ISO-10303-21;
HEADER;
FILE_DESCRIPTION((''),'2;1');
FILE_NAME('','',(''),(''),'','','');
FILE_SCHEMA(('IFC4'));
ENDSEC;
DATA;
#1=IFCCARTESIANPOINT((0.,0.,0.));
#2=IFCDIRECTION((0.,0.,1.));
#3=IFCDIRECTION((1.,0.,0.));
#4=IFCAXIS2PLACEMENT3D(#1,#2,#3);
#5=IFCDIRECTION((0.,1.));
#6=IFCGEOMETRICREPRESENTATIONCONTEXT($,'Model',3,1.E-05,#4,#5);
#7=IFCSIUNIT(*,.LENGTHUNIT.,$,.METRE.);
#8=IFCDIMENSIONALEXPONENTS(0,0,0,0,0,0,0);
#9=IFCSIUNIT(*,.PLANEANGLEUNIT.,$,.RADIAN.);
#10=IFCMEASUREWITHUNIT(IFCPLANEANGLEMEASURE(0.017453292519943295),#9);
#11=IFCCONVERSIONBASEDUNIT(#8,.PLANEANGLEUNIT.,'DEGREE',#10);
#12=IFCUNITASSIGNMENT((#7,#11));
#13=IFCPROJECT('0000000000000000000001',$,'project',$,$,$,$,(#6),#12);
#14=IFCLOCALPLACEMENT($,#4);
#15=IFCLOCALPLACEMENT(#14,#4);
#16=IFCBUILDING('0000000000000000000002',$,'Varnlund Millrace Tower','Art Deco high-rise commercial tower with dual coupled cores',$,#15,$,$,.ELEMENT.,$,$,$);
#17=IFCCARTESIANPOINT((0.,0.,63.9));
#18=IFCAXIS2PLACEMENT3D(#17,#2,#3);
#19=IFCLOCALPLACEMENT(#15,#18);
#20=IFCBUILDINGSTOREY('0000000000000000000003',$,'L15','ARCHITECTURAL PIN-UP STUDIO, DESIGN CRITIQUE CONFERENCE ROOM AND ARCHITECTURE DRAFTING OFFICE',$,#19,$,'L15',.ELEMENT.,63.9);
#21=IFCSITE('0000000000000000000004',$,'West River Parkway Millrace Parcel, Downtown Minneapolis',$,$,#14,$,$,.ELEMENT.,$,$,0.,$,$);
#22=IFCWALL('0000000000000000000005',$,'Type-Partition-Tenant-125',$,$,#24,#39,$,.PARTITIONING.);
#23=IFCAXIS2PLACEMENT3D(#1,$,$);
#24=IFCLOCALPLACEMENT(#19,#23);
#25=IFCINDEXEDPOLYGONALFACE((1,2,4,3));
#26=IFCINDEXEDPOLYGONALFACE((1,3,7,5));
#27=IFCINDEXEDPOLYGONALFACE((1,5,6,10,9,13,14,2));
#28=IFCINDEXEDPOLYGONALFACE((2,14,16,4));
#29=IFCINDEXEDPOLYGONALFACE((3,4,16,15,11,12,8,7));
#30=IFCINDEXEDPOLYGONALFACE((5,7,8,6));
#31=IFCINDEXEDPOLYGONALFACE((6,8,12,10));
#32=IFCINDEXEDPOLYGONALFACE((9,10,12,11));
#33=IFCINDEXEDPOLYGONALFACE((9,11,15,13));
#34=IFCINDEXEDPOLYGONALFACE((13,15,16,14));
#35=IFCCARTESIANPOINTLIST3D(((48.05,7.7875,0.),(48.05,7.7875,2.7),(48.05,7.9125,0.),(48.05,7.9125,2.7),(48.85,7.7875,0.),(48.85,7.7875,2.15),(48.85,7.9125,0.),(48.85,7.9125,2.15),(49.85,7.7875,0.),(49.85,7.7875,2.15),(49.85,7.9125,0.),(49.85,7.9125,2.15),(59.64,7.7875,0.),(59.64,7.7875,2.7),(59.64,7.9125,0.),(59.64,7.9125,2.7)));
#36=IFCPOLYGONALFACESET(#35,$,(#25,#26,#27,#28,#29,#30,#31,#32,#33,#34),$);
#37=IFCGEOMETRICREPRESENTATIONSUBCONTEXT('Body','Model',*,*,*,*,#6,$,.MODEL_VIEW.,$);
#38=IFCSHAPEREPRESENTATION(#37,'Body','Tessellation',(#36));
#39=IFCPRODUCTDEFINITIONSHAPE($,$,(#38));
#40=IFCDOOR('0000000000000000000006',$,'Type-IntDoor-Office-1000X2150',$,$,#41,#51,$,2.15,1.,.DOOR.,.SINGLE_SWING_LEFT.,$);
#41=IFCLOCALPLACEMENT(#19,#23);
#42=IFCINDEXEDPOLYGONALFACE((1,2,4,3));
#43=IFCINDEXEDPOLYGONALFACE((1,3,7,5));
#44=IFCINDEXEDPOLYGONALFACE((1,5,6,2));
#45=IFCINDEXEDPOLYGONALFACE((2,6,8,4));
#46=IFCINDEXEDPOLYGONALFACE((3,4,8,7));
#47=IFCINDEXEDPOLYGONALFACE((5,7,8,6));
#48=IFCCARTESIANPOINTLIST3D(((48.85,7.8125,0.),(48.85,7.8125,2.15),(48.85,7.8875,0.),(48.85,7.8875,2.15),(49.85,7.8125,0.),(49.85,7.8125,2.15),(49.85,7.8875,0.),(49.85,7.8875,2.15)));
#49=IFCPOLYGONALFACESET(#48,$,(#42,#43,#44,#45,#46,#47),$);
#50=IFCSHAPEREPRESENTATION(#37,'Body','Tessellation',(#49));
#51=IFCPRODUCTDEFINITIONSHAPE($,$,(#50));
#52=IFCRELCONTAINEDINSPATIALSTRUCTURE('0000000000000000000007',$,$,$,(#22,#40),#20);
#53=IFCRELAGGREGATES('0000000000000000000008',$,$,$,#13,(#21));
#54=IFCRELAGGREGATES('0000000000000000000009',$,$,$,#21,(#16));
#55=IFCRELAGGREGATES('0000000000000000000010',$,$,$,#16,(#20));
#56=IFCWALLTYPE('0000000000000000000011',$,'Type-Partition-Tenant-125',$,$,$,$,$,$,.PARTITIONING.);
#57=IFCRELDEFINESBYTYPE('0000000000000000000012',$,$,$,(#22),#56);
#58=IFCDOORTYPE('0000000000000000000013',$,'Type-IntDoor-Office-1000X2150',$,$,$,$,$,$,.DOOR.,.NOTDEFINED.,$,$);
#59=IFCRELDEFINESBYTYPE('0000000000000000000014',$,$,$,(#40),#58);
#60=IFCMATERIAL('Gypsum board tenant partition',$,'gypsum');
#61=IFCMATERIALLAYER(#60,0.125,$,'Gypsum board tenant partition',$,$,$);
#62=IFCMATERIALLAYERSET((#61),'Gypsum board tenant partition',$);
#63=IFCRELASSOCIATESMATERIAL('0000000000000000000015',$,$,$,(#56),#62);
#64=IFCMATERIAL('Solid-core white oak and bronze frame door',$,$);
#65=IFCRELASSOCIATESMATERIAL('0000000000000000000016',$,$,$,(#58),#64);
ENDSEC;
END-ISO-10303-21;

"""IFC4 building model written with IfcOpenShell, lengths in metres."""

from ifc_helpers import new_model, entity, si_unit, converted_unit, direction, frame, origin_with_axes, origin_2d_with_axis, place, context, subcontext, project, spatial, polyline, rectangle, outline, extrude, material, layer, layer_set, type_object, element, fill, save


model = new_model("IFC4")

# Units and contexts
model_context = context("Model", 3, precision=1e-05, world=origin_with_axes(), true_north=direction((0.0, 1.0)))
body_context = subcontext(model_context, "Body", "Model", "MODEL_VIEW")
ifc_project = project(units=[si_unit("LENGTHUNIT", "METRE"), converted_unit("PLANEANGLEUNIT", "DEGREE", entity("IfcPlaneAngleMeasure", 0.017453292519943295), si_unit("PLANEANGLEUNIT", "RADIAN"), dimensions=[0, 0, 0, 0, 0, 0, 0])], contexts=[model_context])

# Site, building, storey
site_placement = place(None, origin_with_axes())
site = spatial("IfcSite", under=ifc_project, at=site_placement, Name="West River Parkway Millrace Parcel, Downtown Minneapolis", CompositionType="ELEMENT", RefElevation=0.0)
building_placement = place(site_placement, origin_with_axes())
building = spatial("IfcBuilding", under=site, at=building_placement, Name="Varnlund Millrace Tower", Description="Art Deco high-rise commercial tower with dual coupled cores", CompositionType="ELEMENT")
storey_placement = place(building_placement, frame((0.0, 0.0, 63.9), z_axis=(0.0, 0.0, 1.0), x_axis=(1.0, 0.0, 0.0)))
storey = spatial("IfcBuildingStorey", under=building, at=storey_placement, Name="L15", Description="ARCHITECTURAL PIN-UP STUDIO, DESIGN CRITIQUE CONFERENCE ROOM AND ARCHITECTURE DRAFTING OFFICE", LongName="L15", CompositionType="ELEMENT", Elevation=63.9)

# Wall, opening, door
ifc_material_1 = material(Name="Gypsum board tenant partition", Category="gypsum")
ifc_layer_1 = layer(ifc_material_1, 0.125, Name="Gypsum board tenant partition")
ifc_layer_set_1 = layer_set([ifc_layer_1], Name="Gypsum board tenant partition")
wall_type_1 = type_object("IfcWallType", Name="Type-Partition-Tenant-125", PredefinedType="PARTITIONING", material=ifc_layer_set_1)
wall_1_placement = place(storey_placement, frame((59.64, 7.85, 0.0), z_axis=(0.0, 0.0, 1.0), x_axis=(-1.0, 0.0, 0.0)))
wall_1 = element("IfcWall", 1, at=wall_1_placement, inside=storey, type_object=wall_type_1, Name="Type-Partition-Tenant-125", PredefinedType="PARTITIONING", context=body_context, shape_type="SweptSolid", body=[
    extrude(outline(polyline([(0.0, -0.0625), (11.59, -0.0625), (11.59, 0.0625), (0.0, 0.0625), (0.0, -0.0625)])), origin_with_axes(), (0.0, 0.0, 1.0), 2.7),
])
opening_1_placement = place(wall_1_placement, frame((10.29, 0.0, 0.0), z_axis=(0.0, 0.0, 1.0), x_axis=(1.0, 0.0, 0.0)))
opening_1 = element("IfcOpeningElement", 2, at=opening_1_placement, cuts=wall_1, PredefinedType="OPENING", context=body_context, shape_type="SweptSolid", body=[
    extrude(rectangle(XDim=1.0, YDim=0.145, at=origin_2d_with_axis()), origin_with_axes(), (0.0, 0.0, 1.0), 2.15),
])
ifc_material_2 = material(Name="Solid-core white oak and bronze frame door")
door_type_1 = type_object("IfcDoorType", Name="Type-IntDoor-Office-1000X2150", OperationType="NOTDEFINED", PredefinedType="DOOR", material=ifc_material_2)
door_1_placement = place(wall_1_placement, frame((10.29, 0.0, 0.0), z_axis=(0.0, 0.0, 1.0), x_axis=(1.0, 0.0, 0.0)))
door_1 = element("IfcDoor", 3, at=door_1_placement, inside=storey, type_object=door_type_1, Name="Type-IntDoor-Office-1000X2150", OperationType="SINGLE_SWING_LEFT", OverallHeight=2.15, OverallWidth=1.0, PredefinedType="DOOR", context=body_context, shape_type="SweptSolid", body=[
    extrude(rectangle(XDim=1.0, YDim=0.075, at=origin_2d_with_axis()), origin_with_axes(), (0.0, 0.0, 1.0), 2.15),
])
fill(opening_1, door_1)

save(model, "model.ifc")
